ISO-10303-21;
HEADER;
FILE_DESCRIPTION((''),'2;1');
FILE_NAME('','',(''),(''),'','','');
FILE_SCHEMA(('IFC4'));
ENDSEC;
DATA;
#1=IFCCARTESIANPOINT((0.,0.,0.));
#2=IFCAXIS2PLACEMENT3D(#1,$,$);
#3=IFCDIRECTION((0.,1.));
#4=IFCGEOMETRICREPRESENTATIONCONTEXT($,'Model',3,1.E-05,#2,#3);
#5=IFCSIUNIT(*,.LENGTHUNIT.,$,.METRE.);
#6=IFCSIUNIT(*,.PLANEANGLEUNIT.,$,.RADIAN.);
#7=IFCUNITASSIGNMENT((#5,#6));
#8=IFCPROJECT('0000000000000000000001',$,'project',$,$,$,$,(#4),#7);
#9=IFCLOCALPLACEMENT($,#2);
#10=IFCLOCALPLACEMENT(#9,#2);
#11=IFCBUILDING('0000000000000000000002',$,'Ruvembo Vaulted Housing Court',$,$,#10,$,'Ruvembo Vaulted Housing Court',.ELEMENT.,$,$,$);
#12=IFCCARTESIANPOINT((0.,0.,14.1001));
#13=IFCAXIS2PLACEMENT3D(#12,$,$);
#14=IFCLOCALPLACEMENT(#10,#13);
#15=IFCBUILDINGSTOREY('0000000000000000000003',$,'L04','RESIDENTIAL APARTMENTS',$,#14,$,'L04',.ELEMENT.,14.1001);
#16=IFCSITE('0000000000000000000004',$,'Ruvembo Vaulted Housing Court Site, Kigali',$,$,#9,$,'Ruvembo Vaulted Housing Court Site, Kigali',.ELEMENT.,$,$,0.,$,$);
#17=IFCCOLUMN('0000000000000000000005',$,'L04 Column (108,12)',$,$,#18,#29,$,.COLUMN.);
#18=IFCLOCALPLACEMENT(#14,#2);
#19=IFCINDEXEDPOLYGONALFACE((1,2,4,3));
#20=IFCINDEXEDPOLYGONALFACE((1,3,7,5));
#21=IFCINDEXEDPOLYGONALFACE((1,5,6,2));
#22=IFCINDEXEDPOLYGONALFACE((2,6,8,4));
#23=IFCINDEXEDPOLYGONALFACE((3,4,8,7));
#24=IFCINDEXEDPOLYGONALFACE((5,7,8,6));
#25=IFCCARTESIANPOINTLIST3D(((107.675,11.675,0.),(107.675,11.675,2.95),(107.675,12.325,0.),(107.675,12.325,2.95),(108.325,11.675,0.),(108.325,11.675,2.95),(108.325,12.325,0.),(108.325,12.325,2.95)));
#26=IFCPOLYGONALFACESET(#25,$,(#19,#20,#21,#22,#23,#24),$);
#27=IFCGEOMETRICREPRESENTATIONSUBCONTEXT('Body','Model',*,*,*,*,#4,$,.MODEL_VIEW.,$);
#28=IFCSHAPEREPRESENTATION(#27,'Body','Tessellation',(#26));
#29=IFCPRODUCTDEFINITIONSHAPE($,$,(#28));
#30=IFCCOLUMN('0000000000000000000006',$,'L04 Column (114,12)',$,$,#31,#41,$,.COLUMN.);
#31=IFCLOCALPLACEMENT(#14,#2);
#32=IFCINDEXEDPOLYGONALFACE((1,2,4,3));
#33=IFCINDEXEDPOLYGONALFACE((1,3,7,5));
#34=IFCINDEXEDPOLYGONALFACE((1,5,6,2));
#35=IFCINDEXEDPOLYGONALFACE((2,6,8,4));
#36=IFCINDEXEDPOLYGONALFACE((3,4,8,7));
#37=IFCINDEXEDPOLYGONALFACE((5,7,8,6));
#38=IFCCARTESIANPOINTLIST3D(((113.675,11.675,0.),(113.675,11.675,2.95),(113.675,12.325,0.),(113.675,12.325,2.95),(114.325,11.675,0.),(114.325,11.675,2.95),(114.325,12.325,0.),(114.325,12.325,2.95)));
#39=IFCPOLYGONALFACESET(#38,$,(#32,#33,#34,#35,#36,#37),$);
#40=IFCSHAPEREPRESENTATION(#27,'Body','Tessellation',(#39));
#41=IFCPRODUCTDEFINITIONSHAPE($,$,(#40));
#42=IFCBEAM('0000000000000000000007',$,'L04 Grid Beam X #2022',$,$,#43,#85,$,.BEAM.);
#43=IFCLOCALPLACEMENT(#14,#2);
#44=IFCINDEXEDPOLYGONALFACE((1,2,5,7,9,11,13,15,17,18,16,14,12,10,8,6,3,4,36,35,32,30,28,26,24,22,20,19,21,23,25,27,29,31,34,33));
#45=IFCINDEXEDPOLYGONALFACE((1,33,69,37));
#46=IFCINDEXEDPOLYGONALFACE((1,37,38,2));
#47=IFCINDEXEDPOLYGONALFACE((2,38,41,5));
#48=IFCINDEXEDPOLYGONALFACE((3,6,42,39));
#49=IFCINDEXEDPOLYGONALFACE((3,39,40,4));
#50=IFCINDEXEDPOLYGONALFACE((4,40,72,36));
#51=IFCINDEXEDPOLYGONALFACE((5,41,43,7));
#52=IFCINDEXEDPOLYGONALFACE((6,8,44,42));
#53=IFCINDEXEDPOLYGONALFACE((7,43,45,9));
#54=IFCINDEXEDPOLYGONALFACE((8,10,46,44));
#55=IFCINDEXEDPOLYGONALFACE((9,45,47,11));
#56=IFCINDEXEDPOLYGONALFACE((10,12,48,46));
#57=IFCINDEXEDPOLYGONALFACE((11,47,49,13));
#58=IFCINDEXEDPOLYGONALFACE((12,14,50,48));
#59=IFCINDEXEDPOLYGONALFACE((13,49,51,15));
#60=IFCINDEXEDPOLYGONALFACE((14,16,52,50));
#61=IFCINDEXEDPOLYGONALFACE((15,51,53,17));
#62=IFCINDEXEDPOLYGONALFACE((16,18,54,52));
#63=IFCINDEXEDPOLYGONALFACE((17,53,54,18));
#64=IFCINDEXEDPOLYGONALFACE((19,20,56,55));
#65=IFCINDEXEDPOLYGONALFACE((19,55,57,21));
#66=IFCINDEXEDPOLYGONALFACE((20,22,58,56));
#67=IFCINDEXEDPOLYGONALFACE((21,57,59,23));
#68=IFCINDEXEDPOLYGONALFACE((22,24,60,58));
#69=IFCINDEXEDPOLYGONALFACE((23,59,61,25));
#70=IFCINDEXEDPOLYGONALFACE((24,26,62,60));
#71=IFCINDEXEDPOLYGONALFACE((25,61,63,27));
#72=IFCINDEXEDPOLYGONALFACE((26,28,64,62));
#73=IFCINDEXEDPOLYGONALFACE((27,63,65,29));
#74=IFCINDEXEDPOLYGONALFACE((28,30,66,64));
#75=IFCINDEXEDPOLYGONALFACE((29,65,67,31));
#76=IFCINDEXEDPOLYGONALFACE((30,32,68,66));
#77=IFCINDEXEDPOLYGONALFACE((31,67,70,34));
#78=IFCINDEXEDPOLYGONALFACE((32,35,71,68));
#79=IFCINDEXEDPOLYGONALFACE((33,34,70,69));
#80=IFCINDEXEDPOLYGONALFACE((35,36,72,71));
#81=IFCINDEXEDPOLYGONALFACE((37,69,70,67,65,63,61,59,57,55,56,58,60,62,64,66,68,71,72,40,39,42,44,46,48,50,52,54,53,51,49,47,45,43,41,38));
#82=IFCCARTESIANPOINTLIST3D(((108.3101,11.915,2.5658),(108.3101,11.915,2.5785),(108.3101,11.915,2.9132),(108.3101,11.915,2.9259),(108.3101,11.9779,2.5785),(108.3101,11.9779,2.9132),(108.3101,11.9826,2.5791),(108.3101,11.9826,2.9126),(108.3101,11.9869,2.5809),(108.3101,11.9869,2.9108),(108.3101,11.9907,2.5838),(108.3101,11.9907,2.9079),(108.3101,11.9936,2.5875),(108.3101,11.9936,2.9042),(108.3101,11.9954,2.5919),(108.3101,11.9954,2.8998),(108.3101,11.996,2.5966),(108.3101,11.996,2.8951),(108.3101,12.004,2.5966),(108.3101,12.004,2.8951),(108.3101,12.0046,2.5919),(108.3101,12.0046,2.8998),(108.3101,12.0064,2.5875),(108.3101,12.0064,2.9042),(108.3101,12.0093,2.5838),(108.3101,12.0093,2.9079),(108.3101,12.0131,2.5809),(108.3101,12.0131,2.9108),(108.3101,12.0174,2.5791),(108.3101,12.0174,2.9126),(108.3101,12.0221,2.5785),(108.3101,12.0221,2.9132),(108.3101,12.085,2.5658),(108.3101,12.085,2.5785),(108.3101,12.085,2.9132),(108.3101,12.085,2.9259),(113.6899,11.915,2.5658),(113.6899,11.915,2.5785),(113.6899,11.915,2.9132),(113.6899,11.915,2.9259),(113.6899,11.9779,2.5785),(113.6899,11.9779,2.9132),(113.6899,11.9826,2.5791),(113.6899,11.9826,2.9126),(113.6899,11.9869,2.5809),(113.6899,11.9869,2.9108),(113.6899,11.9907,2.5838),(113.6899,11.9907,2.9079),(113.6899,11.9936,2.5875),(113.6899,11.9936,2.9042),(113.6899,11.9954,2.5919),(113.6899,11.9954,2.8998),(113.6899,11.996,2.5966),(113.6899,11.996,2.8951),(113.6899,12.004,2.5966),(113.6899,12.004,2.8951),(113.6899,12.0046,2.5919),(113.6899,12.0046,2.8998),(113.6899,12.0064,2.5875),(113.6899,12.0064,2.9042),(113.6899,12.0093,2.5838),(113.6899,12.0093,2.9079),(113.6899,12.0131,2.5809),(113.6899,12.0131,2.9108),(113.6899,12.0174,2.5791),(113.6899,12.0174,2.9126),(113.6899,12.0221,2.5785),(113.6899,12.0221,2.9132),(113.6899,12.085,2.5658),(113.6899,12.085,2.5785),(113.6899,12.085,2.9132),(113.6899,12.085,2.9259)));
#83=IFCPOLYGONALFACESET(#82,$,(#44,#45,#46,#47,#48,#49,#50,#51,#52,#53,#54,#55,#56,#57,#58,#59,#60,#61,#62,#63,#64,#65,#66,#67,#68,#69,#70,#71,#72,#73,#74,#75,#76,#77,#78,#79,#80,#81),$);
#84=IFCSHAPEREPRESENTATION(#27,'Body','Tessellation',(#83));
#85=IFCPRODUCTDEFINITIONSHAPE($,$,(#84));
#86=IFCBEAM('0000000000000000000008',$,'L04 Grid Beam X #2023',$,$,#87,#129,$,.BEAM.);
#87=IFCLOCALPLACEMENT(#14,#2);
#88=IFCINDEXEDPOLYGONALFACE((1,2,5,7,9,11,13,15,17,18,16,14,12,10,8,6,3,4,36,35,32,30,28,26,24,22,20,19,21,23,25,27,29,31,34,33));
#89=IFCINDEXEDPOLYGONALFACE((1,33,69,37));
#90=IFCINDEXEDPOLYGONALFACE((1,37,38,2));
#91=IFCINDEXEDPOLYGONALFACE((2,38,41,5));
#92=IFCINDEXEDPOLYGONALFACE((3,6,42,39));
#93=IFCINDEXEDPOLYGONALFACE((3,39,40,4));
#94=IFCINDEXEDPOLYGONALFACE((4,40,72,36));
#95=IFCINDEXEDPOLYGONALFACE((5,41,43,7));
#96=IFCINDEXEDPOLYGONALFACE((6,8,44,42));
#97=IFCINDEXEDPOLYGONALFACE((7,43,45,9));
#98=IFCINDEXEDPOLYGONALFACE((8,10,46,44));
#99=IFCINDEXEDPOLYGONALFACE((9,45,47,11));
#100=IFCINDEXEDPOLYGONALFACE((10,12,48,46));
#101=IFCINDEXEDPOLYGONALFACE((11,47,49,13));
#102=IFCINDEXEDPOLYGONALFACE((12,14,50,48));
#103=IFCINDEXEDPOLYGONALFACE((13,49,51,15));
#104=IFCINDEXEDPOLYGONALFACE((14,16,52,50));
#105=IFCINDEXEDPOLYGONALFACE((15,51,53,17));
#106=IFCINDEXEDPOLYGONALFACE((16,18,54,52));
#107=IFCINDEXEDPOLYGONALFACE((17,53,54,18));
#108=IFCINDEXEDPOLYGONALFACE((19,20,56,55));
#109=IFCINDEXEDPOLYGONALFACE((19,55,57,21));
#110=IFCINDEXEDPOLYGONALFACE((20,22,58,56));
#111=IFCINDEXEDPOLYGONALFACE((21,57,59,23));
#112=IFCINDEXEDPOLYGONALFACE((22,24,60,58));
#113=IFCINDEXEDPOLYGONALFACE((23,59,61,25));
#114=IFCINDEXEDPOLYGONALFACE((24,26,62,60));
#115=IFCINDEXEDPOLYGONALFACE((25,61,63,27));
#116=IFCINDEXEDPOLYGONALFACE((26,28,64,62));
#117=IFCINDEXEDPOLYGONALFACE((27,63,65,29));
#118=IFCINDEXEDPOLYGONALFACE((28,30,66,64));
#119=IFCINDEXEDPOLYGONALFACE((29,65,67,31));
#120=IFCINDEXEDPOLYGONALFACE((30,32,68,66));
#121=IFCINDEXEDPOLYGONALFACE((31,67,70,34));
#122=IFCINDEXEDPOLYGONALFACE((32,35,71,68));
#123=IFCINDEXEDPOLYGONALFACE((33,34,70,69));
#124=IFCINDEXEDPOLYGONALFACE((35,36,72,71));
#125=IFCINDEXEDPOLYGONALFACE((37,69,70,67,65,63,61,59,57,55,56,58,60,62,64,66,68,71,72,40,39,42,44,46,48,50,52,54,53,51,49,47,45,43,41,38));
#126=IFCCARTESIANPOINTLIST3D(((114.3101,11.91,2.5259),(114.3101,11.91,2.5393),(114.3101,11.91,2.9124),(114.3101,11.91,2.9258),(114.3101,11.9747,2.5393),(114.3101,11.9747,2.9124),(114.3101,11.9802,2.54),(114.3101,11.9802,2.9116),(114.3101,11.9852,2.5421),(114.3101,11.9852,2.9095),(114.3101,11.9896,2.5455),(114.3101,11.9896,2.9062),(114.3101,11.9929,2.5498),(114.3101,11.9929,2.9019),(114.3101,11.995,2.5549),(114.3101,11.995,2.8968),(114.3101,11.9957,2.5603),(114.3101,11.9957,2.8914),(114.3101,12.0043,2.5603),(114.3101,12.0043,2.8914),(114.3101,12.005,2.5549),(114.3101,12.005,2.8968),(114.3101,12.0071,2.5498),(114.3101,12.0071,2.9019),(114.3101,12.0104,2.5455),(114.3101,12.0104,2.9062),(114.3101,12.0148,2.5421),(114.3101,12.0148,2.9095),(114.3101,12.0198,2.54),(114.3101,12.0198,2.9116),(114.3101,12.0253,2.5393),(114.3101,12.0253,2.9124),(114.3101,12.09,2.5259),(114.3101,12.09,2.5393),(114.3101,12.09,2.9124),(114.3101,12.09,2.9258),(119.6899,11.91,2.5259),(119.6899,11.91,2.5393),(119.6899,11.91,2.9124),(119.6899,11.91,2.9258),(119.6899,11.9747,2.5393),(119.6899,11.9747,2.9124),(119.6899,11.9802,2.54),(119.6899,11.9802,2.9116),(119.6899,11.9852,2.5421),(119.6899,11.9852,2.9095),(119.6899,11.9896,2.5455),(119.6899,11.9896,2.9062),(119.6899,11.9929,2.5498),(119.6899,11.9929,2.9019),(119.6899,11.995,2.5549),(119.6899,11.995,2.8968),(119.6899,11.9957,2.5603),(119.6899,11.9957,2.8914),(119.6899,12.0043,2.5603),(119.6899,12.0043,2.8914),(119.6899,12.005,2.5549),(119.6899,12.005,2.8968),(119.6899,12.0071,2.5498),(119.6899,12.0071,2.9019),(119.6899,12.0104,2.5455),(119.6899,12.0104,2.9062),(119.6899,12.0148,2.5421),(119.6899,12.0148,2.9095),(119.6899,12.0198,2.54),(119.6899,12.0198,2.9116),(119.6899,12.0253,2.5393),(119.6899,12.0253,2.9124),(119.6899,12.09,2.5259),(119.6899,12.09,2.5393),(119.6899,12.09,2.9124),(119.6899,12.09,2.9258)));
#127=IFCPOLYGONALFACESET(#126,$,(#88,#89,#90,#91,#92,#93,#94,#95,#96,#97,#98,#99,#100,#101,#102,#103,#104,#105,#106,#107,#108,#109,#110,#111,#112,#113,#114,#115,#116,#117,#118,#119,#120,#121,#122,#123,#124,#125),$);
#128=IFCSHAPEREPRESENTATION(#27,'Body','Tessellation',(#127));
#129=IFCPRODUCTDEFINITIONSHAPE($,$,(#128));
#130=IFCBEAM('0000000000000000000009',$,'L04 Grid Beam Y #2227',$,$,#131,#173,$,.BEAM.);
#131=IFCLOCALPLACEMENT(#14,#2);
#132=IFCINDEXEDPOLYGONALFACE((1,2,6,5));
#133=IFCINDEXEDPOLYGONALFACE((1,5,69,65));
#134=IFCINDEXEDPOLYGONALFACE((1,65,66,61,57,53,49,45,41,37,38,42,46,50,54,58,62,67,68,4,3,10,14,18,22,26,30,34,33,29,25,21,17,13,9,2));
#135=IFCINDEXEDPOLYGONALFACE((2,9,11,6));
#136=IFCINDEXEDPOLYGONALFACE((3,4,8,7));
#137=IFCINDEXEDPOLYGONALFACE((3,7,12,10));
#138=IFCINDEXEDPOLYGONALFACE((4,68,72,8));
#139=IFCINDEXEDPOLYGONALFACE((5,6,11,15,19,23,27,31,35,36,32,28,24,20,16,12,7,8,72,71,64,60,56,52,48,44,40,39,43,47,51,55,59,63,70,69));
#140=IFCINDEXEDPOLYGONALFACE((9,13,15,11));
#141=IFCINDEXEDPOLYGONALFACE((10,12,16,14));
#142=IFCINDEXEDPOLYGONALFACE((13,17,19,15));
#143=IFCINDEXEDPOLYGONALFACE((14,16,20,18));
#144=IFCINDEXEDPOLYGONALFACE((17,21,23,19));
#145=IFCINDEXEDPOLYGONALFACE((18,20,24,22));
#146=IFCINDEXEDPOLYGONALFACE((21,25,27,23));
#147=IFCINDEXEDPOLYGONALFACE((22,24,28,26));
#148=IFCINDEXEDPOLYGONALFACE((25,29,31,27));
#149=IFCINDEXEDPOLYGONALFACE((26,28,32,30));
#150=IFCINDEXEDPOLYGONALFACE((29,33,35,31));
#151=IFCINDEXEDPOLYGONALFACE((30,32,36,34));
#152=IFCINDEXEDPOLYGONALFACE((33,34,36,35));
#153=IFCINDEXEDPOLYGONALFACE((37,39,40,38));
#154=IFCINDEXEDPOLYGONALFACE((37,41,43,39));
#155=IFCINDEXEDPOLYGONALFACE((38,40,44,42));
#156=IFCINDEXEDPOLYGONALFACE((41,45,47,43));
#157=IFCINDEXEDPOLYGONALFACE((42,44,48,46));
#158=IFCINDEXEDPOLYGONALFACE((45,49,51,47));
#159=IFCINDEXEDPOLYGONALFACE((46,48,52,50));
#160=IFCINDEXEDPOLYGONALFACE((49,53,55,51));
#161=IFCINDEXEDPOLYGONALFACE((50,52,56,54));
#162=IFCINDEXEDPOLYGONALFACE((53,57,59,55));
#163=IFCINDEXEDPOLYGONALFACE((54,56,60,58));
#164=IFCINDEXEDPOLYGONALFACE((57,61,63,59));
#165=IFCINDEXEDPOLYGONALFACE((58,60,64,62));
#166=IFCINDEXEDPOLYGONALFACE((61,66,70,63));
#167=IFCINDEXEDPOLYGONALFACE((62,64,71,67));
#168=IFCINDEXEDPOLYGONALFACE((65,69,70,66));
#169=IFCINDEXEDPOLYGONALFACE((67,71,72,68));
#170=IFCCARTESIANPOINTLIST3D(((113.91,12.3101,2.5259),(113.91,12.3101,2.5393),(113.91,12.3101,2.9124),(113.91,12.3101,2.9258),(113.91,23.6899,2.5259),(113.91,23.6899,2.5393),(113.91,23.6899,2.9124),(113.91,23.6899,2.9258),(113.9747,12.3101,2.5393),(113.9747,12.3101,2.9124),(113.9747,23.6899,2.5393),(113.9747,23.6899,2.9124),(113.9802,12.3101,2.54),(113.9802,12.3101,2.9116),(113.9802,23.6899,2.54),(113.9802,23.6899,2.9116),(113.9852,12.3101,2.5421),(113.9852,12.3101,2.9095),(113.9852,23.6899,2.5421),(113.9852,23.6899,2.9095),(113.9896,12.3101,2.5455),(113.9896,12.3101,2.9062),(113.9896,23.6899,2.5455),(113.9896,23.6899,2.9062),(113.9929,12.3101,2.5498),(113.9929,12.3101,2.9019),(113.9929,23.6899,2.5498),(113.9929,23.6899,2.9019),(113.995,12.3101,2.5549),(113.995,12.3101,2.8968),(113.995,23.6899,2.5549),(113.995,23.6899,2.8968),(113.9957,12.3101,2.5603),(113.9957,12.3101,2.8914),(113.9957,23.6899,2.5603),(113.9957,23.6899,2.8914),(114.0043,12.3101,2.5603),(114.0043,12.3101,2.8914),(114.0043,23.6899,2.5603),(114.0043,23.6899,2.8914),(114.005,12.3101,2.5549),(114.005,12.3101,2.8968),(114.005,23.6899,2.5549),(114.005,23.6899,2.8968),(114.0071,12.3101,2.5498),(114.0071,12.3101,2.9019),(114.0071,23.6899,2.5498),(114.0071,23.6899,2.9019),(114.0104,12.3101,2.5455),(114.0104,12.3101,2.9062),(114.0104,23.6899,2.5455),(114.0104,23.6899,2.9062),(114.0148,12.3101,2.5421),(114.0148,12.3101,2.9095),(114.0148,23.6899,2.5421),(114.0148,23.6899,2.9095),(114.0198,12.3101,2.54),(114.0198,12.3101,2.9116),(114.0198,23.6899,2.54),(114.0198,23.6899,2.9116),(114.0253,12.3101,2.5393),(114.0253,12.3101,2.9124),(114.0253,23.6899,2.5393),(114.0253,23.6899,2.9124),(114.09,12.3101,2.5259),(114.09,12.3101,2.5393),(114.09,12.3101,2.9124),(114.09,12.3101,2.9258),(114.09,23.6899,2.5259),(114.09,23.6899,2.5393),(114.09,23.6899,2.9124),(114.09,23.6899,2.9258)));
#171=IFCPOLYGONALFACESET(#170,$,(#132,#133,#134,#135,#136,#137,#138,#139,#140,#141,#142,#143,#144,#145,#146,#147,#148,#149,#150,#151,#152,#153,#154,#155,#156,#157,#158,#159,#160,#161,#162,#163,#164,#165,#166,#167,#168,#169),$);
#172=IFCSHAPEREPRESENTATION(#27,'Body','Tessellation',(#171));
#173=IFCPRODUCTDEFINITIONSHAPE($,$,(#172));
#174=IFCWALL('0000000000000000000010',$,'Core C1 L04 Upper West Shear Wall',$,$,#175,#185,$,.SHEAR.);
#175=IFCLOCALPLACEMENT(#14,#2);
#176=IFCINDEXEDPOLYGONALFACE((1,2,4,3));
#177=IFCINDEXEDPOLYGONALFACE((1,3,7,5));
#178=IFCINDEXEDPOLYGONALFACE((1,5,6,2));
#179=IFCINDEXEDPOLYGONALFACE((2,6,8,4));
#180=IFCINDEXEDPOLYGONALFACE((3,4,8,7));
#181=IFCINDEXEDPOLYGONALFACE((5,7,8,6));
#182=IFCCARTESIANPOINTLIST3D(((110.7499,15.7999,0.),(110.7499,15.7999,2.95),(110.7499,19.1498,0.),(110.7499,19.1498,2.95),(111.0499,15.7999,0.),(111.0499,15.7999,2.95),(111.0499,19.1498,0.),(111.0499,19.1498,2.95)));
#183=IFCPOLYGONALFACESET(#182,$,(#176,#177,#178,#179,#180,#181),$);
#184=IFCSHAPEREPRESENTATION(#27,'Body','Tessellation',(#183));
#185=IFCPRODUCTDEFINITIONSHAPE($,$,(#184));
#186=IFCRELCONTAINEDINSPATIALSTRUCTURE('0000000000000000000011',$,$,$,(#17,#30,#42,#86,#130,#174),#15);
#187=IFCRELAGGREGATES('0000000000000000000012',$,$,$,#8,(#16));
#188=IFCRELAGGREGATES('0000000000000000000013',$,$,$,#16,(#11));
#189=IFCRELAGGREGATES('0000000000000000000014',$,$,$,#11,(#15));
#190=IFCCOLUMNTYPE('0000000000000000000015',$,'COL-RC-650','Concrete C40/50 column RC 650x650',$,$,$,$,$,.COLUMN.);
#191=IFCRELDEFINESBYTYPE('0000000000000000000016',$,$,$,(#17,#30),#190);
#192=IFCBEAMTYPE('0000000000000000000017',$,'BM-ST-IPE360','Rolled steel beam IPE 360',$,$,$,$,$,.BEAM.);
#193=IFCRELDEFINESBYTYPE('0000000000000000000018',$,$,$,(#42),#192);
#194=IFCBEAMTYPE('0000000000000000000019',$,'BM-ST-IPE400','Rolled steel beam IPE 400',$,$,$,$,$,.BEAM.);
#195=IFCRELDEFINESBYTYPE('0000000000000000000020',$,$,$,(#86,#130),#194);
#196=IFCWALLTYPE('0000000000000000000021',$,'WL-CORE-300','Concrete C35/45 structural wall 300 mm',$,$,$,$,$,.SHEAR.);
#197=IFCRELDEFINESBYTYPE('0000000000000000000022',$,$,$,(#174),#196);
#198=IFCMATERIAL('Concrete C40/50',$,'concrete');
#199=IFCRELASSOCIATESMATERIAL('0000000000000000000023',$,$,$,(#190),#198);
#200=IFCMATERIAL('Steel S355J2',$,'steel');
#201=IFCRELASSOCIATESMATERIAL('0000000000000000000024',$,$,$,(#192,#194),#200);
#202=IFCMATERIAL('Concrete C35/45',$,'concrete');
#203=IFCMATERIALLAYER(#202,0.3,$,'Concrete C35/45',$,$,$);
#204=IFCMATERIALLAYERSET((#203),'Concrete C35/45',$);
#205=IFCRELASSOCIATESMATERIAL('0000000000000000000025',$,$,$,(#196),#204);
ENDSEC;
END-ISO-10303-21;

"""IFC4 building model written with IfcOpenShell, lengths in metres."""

from ifc_helpers import new_model, si_unit, direction, frame, frame_2d, origin, origin_2d, place, context, subcontext, project, spatial, rectangle, i_section, extrude, material, layer, layer_set, material_profile, profile_set, type_object, element, save


model = new_model("IFC4")

# Units and contexts
model_context = context("Model", 3, precision=1e-05, world=origin(), true_north=direction((0.0, 1.0)))
body_context = subcontext(model_context, "Body", "Model", "MODEL_VIEW")
ifc_project = project(units=[si_unit("LENGTHUNIT", "METRE"), si_unit("PLANEANGLEUNIT", "RADIAN")], contexts=[model_context])

# Site, building, storey
site_placement = place(None, origin())
site = spatial("IfcSite", under=ifc_project, at=site_placement, Name="Ruvembo Vaulted Housing Court Site, Kigali", LongName="Ruvembo Vaulted Housing Court Site, Kigali", CompositionType="ELEMENT", RefElevation=0.0)
building_placement = place(site_placement, origin())
building = spatial("IfcBuilding", under=site, at=building_placement, Name="Ruvembo Vaulted Housing Court", LongName="Ruvembo Vaulted Housing Court", CompositionType="ELEMENT")
storey_placement = place(building_placement, frame((0.0, 0.0, 14.1001)))
storey = spatial("IfcBuildingStorey", under=building, at=storey_placement, Name="L04", Description="RESIDENTIAL APARTMENTS", LongName="L04", CompositionType="ELEMENT", Elevation=14.1001)

# Columns
ifc_material_1 = material(Name="Concrete C40/50", Category="concrete")
ifc_material_profile_1 = material_profile(ifc_material_1, rectangle(XDim=0.6499, YDim=0.6499, at=origin_2d()), Name="RC 650x650")
ifc_profile_set_1 = profile_set([ifc_material_profile_1], Name="Concrete C40/50")
column_type = type_object("IfcColumnType", Name="COL-RC-650", Description="Concrete C40/50 column RC 650x650", PredefinedType="COLUMN", material=ifc_profile_set_1)
for number, where, z_axis, x_axis, name in (
    (1, (108.0, 12.0, 0.0), (0.0, 0.0, 1.0), (1.0, 0.0, 0.0), "L04 Column (108,12)"),
    (2, (114.0, 12.0, 0.0), (0.0, 0.0, 1.0), (1.0, 0.0, 0.0), "L04 Column (114,12)"),
):
    element("IfcColumn", number, at=place(storey_placement, frame(where, z_axis=z_axis, x_axis=x_axis)), inside=storey, type_object=column_type, Name=name, PredefinedType="COLUMN", context=body_context, shape_type="SweptSolid", body=[
        extrude(rectangle(XDim=0.6499, YDim=0.6499, at=origin_2d()), origin(), (0.0, 0.0, 1.0), 2.95),
    ])

# Beams
ifc_material_2 = material(Name="Steel S355J2", Category="steel")
ifc_material_profile_2 = material_profile(ifc_material_2, i_section(OverallWidth=0.1699, OverallDepth=0.3601, WebThickness=0.0081, FlangeThickness=0.0127, FilletRadius=0.0181, at=origin_2d()), Name="IPE 360")
ifc_profile_set_2 = profile_set([ifc_material_profile_2], Name="Steel S355J2")
beam_type_1 = type_object("IfcBeamType", Name="BM-ST-IPE360", Description="Rolled steel beam IPE 360", PredefinedType="BEAM", material=ifc_profile_set_2)
beam_1_placement = place(storey_placement, frame((108.3101, 12.0, 2.7458), z_axis=(1.0, 0.0, 0.0), x_axis=(0.0, 1.0, 0.0)))
element("IfcBeam", 3, at=beam_1_placement, inside=storey, type_object=beam_type_1, Name="L04 Grid Beam X #2022", PredefinedType="BEAM", context=body_context, shape_type="SweptSolid", body=[
    extrude(i_section(OverallWidth=0.1699, OverallDepth=0.3601, WebThickness=0.0081, FlangeThickness=0.0127, FilletRadius=0.0181, at=origin_2d()), origin(), (0.0, 0.0, 1.0), 5.3799),
])
ifc_material_profile_3 = material_profile(ifc_material_2, i_section(OverallWidth=0.1799, OverallDepth=0.3999, WebThickness=0.0085, FlangeThickness=0.0134, FilletRadius=0.021, at=origin_2d()), Name="IPE 400")
ifc_profile_set_3 = profile_set([ifc_material_profile_3], Name="Steel S355J2")
beam_type_2 = type_object("IfcBeamType", Name="BM-ST-IPE400", Description="Rolled steel beam IPE 400", PredefinedType="BEAM", material=ifc_profile_set_3)
beam_2_placement = place(storey_placement, frame((114.3101, 12.0, 2.7258), z_axis=(1.0, 0.0, 0.0), x_axis=(0.0, 1.0, 0.0)))
element("IfcBeam", 4, at=beam_2_placement, inside=storey, type_object=beam_type_2, Name="L04 Grid Beam X #2023", PredefinedType="BEAM", context=body_context, shape_type="SweptSolid", body=[
    extrude(i_section(OverallWidth=0.1799, OverallDepth=0.3999, WebThickness=0.0085, FlangeThickness=0.0134, FilletRadius=0.021, at=origin_2d()), origin(), (0.0, 0.0, 1.0), 5.3799),
])
beam_3_placement = place(storey_placement, frame((114.0, 12.3101, 2.7258), z_axis=(0.0, 1.0, 0.0), x_axis=(-1.0, 0.0, 0.0)))
element("IfcBeam", 5, at=beam_3_placement, inside=storey, type_object=beam_type_2, Name="L04 Grid Beam Y #2227", PredefinedType="BEAM", context=body_context, shape_type="SweptSolid", body=[
    extrude(i_section(OverallWidth=0.1799, OverallDepth=0.3999, WebThickness=0.0085, FlangeThickness=0.0134, FilletRadius=0.021, at=origin_2d()), origin(), (0.0, 0.0, 1.0), 11.3799),
])

# Shared definitions
ifc_material_3 = material(Name="Concrete C35/45", Category="concrete")
ifc_layer_1 = layer(ifc_material_3, 0.3, Name="Concrete C35/45")
ifc_layer_set_1 = layer_set([ifc_layer_1], Name="Concrete C35/45")
wall_type_1 = type_object("IfcWallType", Name="WL-CORE-300", Description="Concrete C35/45 structural wall 300 mm", PredefinedType="SHEAR", material=ifc_layer_set_1)

# Wall
wall_1_placement = place(storey_placement, frame((110.8999, 15.8, 0.0), z_axis=(0.0, 0.0, 1.0), x_axis=(0.0, 1.0, 0.0)))
element("IfcWall", 6, at=wall_1_placement, inside=storey, type_object=wall_type_1, Name="Core C1 L04 Upper West Shear Wall", PredefinedType="SHEAR", context=body_context, shape_type="SweptSolid", body=[
    extrude(rectangle(XDim=3.3499, YDim=0.3, at=frame_2d((1.6748, 0.0))), origin(), (0.0, 0.0, 1.0), 2.95),
])

save(model, "model.ifc")
